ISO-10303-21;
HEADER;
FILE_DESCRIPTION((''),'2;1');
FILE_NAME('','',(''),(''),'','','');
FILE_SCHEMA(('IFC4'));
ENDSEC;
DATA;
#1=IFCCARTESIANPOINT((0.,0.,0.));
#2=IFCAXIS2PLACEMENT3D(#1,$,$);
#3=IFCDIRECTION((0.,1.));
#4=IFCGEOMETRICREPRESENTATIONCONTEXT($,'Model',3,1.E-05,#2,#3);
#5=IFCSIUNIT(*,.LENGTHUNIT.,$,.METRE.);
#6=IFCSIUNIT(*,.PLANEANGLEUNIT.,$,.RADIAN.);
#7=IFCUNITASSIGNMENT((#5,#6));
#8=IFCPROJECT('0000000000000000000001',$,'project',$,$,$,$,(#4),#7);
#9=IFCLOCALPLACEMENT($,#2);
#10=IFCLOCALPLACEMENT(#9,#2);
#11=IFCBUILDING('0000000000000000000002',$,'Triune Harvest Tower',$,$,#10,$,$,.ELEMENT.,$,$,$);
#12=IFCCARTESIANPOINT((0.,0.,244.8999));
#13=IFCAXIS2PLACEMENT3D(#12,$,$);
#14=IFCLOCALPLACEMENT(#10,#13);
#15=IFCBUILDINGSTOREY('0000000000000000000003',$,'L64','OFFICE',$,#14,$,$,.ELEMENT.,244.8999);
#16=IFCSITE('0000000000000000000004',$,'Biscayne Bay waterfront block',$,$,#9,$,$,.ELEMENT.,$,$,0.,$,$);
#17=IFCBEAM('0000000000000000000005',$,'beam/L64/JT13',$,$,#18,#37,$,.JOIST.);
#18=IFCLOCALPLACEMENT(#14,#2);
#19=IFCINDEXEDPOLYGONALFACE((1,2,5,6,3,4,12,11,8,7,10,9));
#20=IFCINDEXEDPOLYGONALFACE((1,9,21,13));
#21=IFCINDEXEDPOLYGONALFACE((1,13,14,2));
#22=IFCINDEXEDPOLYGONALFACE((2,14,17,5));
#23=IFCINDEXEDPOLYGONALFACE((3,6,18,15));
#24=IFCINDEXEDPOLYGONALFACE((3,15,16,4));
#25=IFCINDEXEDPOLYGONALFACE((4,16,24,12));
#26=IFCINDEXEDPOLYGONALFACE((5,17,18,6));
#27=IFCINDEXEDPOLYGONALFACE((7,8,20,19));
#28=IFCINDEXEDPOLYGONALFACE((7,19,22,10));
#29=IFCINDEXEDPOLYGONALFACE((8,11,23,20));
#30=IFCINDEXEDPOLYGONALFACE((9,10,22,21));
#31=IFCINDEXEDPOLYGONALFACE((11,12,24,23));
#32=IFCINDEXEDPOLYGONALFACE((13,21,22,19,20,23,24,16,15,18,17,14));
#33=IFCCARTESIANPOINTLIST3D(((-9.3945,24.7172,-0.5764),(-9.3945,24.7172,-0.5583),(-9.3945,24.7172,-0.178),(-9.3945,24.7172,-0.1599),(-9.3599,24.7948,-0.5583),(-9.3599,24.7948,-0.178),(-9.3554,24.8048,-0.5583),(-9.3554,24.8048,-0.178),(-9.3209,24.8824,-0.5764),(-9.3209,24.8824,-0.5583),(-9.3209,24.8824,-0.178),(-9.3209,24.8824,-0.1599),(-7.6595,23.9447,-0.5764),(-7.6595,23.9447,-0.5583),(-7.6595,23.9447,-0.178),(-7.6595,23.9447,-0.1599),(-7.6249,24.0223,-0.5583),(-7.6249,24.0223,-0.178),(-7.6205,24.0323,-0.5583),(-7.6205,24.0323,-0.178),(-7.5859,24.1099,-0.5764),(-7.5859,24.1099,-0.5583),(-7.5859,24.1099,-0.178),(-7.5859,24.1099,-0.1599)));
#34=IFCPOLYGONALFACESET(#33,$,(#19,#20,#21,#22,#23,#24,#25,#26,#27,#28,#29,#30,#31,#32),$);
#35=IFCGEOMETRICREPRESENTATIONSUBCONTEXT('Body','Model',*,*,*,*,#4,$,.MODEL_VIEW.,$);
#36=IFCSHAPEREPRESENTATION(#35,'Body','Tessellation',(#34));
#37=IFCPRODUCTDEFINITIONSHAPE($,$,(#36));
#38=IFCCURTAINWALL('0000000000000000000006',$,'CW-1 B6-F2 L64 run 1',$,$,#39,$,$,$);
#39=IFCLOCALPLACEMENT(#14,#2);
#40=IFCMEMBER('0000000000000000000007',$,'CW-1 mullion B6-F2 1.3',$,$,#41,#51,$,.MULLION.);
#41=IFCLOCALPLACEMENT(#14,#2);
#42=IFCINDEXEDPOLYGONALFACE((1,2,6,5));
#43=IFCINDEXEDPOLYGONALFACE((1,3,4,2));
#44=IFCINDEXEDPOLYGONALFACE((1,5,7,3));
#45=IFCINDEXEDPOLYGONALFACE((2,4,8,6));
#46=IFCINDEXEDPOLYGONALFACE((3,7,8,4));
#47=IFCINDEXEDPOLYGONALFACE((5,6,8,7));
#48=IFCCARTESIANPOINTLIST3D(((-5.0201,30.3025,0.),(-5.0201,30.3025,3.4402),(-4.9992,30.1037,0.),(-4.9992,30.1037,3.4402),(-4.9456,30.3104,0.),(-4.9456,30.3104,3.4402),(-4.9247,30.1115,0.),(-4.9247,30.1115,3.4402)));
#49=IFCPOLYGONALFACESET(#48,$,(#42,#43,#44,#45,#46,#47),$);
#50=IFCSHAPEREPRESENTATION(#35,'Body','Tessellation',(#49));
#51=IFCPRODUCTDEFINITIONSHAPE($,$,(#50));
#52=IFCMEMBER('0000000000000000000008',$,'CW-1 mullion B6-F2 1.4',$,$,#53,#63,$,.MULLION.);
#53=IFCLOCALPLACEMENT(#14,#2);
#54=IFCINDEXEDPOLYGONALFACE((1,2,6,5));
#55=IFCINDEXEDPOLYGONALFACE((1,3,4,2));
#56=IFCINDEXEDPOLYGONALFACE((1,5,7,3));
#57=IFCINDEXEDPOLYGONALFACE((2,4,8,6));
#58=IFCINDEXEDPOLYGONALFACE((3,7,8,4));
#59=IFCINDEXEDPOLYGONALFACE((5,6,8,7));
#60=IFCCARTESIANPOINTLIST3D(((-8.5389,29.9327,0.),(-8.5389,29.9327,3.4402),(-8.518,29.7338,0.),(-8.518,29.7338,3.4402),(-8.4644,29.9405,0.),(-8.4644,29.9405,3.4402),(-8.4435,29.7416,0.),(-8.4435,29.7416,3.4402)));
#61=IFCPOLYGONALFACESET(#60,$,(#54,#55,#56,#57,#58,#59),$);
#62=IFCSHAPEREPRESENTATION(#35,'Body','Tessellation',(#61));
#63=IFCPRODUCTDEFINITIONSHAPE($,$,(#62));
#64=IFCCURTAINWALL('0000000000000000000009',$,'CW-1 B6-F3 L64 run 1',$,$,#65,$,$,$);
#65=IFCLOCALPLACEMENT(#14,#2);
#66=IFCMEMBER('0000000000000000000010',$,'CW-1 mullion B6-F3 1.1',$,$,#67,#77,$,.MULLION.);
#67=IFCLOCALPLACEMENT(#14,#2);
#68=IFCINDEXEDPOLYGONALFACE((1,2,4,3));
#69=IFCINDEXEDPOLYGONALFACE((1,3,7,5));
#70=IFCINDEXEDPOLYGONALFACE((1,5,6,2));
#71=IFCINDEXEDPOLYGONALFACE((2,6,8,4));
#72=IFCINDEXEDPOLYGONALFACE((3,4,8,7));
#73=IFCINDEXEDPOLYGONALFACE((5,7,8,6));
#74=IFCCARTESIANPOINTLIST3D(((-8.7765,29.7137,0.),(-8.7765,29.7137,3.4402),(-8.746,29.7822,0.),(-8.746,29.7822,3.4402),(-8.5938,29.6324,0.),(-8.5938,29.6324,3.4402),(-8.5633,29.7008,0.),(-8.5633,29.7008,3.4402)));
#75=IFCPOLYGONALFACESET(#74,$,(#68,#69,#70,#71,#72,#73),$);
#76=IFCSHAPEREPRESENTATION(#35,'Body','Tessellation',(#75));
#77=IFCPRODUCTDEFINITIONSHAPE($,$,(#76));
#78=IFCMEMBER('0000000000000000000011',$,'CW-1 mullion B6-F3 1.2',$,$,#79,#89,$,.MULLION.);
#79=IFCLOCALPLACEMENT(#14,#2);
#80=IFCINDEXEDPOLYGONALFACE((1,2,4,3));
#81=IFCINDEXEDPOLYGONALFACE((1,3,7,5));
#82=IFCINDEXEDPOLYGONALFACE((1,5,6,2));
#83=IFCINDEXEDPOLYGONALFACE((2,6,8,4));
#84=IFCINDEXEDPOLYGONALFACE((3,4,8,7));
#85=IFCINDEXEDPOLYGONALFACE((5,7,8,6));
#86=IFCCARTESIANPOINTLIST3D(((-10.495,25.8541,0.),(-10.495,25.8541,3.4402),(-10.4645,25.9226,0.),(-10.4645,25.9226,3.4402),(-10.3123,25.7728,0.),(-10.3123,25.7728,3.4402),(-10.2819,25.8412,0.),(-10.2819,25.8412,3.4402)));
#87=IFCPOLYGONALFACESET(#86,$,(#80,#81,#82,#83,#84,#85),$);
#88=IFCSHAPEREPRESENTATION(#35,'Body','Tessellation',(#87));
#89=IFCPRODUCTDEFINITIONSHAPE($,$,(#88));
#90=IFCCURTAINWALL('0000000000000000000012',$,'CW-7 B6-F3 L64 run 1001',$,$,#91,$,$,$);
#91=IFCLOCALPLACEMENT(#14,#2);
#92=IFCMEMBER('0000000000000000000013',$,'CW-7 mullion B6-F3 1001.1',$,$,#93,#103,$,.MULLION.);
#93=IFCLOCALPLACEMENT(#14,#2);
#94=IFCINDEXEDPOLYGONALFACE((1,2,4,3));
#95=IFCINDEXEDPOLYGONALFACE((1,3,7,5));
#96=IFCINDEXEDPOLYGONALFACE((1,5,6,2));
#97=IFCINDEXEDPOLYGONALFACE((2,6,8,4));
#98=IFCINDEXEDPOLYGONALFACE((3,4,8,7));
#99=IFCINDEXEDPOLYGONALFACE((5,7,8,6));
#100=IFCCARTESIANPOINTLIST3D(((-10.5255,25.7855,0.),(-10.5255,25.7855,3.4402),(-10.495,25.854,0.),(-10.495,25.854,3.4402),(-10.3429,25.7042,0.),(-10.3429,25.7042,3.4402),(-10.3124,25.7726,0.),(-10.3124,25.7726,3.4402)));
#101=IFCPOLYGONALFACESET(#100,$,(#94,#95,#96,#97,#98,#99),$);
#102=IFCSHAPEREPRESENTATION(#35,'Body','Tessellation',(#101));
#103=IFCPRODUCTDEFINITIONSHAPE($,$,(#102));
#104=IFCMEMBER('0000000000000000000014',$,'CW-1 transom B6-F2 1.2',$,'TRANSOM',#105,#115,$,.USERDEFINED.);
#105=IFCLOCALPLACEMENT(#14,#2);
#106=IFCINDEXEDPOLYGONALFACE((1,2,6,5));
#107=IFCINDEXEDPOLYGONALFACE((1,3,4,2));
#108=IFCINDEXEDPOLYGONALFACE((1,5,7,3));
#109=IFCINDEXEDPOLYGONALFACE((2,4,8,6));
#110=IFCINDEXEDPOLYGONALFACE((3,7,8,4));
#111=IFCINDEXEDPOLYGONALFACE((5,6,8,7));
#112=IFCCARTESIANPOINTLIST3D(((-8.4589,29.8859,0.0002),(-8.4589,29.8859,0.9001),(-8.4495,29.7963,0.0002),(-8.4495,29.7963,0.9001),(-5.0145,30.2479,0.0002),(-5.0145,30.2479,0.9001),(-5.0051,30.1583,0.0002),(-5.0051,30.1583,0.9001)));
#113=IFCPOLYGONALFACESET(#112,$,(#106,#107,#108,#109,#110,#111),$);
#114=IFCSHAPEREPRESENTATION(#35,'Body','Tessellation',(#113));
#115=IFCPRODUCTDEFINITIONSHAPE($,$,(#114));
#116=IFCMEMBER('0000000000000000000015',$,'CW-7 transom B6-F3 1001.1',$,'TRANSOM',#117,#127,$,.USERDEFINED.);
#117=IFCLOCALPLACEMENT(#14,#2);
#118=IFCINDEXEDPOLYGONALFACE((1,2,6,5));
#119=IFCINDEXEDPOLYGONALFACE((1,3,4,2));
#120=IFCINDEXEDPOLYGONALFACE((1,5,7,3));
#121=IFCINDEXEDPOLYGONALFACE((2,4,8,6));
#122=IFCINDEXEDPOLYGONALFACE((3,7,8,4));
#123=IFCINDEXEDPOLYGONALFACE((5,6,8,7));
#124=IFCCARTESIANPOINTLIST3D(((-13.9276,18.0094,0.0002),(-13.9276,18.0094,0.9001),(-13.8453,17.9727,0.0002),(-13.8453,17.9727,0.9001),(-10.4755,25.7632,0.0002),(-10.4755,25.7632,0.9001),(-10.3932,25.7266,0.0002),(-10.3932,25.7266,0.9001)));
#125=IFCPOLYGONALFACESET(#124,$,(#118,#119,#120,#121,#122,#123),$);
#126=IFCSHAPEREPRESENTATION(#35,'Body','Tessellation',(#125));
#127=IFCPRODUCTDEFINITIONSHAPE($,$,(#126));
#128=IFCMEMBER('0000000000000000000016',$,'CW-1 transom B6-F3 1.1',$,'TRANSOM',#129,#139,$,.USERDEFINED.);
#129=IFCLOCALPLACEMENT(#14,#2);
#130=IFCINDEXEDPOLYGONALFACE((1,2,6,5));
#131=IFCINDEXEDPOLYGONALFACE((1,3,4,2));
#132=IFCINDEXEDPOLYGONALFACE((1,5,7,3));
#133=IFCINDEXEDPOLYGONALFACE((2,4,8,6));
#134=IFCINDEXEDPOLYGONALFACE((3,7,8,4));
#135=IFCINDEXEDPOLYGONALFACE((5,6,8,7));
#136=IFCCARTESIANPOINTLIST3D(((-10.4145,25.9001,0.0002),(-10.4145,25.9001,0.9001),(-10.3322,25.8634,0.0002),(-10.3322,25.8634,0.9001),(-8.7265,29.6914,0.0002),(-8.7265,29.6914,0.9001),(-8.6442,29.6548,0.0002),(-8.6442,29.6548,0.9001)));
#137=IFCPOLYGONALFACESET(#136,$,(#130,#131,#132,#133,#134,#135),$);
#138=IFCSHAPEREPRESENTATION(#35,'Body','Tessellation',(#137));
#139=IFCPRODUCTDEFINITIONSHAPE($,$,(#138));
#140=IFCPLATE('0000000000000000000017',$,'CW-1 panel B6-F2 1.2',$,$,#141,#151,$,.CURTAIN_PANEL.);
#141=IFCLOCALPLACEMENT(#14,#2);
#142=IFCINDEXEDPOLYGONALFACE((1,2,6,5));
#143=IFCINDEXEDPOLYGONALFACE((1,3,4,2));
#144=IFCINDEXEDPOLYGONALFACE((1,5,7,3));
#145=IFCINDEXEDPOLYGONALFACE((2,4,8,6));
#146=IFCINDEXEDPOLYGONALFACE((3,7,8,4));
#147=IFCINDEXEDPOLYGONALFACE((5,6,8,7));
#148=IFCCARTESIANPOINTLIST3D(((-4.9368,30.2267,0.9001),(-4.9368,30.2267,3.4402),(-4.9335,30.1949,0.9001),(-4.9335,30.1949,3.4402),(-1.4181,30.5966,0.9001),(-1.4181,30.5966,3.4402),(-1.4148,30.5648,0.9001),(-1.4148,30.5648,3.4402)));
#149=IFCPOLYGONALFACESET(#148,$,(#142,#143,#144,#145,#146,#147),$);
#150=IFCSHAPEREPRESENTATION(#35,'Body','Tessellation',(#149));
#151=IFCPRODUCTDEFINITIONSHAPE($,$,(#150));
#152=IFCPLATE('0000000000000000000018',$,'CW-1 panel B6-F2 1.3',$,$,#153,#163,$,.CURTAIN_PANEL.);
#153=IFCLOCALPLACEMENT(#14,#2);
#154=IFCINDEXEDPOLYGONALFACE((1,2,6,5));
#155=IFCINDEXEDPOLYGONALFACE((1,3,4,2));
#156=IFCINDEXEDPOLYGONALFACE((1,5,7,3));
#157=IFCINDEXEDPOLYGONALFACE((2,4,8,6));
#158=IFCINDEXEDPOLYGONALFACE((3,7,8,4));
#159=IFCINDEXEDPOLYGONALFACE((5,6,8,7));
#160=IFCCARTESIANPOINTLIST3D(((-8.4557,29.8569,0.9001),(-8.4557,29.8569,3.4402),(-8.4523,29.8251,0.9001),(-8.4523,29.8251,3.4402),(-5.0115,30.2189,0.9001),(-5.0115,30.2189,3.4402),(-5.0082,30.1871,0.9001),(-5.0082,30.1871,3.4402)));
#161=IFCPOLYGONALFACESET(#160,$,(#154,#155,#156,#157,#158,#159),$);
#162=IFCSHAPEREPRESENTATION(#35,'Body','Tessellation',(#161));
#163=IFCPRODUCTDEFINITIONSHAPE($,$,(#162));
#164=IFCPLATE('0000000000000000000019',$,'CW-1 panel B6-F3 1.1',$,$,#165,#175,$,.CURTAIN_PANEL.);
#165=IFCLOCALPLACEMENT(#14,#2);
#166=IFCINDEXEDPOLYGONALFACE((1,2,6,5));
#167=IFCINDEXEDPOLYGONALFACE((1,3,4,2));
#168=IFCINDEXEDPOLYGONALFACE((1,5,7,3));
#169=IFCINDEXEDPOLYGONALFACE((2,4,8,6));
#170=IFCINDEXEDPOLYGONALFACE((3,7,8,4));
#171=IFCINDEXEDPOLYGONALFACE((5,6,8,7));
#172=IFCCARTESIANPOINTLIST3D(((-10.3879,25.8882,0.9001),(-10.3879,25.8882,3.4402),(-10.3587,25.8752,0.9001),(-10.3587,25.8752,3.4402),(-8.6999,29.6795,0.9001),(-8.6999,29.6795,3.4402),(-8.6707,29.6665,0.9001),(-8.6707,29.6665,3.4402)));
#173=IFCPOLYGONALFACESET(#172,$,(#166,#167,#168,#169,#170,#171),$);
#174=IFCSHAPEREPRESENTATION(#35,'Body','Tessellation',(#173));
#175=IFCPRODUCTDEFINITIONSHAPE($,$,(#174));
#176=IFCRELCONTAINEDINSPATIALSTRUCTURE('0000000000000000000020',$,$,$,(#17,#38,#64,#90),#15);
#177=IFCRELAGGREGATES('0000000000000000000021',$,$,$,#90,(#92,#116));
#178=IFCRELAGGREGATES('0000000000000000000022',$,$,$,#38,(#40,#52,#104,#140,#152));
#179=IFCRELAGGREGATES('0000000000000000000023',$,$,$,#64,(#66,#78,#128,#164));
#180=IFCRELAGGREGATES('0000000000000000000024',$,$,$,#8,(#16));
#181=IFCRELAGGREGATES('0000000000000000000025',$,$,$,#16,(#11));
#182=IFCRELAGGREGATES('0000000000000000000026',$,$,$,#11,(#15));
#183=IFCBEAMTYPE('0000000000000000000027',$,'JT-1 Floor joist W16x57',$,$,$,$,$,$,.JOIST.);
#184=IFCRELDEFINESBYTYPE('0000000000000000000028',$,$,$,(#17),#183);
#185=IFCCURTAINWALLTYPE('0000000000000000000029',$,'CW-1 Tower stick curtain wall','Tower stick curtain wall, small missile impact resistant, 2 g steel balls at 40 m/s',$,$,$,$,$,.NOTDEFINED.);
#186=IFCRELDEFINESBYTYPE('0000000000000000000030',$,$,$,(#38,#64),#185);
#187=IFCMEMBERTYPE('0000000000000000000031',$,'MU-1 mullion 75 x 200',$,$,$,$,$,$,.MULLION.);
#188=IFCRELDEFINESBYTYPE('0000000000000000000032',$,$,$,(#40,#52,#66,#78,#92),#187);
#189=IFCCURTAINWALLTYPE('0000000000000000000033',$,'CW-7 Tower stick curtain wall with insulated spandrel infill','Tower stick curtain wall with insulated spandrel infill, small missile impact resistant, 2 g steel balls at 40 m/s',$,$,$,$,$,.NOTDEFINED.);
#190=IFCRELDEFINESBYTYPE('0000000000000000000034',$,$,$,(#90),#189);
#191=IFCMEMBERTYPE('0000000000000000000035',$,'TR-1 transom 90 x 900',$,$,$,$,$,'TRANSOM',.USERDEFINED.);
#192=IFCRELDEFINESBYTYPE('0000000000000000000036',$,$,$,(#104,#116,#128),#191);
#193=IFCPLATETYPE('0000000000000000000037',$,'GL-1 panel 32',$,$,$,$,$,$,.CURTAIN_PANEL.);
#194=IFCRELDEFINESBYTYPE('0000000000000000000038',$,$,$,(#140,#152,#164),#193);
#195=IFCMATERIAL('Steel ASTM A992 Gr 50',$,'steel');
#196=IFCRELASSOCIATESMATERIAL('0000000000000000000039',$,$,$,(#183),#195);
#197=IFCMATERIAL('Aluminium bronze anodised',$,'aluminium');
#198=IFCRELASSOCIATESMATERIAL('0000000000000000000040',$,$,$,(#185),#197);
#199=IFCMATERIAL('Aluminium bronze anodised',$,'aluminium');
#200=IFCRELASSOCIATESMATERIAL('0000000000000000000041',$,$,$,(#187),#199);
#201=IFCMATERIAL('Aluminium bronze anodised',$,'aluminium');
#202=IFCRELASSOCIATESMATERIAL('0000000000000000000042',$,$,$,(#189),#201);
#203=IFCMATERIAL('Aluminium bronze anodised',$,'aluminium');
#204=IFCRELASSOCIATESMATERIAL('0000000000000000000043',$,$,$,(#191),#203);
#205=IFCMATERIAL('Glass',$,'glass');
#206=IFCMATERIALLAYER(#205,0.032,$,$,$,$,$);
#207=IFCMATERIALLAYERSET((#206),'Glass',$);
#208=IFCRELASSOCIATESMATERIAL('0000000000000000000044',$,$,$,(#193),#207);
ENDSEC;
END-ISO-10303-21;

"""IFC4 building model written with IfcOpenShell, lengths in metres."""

from ifc_helpers import new_model, si_unit, direction, frame, origin, origin_2d, place, context, subcontext, project, spatial, rectangle, i_section, extrude, source, transform, mapped, material, layer, layer_set, material_profile, profile_set, type_object, element, aggregate, save


model = new_model("IFC4")

# Units and contexts
model_context = context("Model", 3, precision=1e-05, world=origin(), true_north=direction((0.0, 1.0)))
body_context = subcontext(model_context, "Body", "Model", "MODEL_VIEW")
ifc_project = project(units=[si_unit("LENGTHUNIT", "METRE"), si_unit("PLANEANGLEUNIT", "RADIAN")], contexts=[model_context])

# Site, building, storey
site_placement = place(None, origin())
site = spatial("IfcSite", under=ifc_project, at=site_placement, Name="Biscayne Bay waterfront block", CompositionType="ELEMENT", RefElevation=0.0)
building_placement = place(site_placement, origin())
building = spatial("IfcBuilding", under=site, at=building_placement, Name="Triune Harvest Tower", CompositionType="ELEMENT")
storey_placement = place(building_placement, frame((0.0, 0.0, 244.8999)))
storey = spatial("IfcBuildingStorey", under=building, at=storey_placement, Name="L64", Description="OFFICE", CompositionType="ELEMENT", Elevation=244.8999)

# Beam
ifc_material_1 = material(Name="Steel ASTM A992 Gr 50", Category="steel")
ifc_material_profile_1 = material_profile(ifc_material_1, i_section(OverallWidth=0.1809, OverallDepth=0.4165, WebThickness=0.011, FlangeThickness=0.0181, at=origin_2d()), Name="W16x57")
ifc_profile_set_1 = profile_set([ifc_material_profile_1], Name="Steel ASTM A992 Gr 50")
beam_type_1 = type_object("IfcBeamType", Name="JT-1 Floor joist W16x57", PredefinedType="JOIST", material=ifc_profile_set_1)
shared_shape_1 = source(origin(), body_context, "Body", "SweptSolid", [
    extrude(i_section(OverallWidth=0.1809, OverallDepth=0.4165, WebThickness=0.011, FlangeThickness=0.0181, at=origin_2d()), origin(), (0.0, 0.0, 1.0), 1.8992),
])
beam_1_placement = place(storey_placement, frame((-9.3577, 24.7998, -0.3682), z_axis=(0.913536, -0.406759, 0.0), x_axis=(0.406759, 0.913536, 0.0)))
element("IfcBeam", 1, at=beam_1_placement, inside=storey, type_object=beam_type_1, Name="beam/L64/JT13", PredefinedType="JOIST", context=body_context, shape_type="MappedRepresentation", body=[
    mapped(shared_shape_1, transform((0.0, 0.0, 0.0), scale=1.0)),
])

# Curtain walls, members
ifc_material_2 = material(Name="Aluminium bronze anodised", Category="aluminium")
curtain_wall_type_1 = type_object("IfcCurtainWallType", Name="CW-1 Tower stick curtain wall", Description="Tower stick curtain wall, small missile impact resistant, 2 g steel balls at 40 m/s", PredefinedType="NOTDEFINED", material=ifc_material_2)
curtain_wall_1_placement = place(storey_placement, origin())
curtain_wall_1 = element("IfcCurtainWall", 2, at=curtain_wall_1_placement, inside=storey, type_object=curtain_wall_type_1, Name="CW-1 B6-F2 L64 run 1")
ifc_material_3 = material(Name="Aluminium bronze anodised", Category="aluminium")
ifc_material_profile_2 = material_profile(ifc_material_3, rectangle(XDim=0.2, YDim=0.075, at=origin_2d()), Name="MU-1 mullion 75 x 200")
ifc_profile_set_2 = profile_set([ifc_material_profile_2], Name="Aluminium bronze anodised")
member_type_1 = type_object("IfcMemberType", Name="MU-1 mullion 75 x 200", PredefinedType="MULLION", material=ifc_profile_set_2)
shared_shape_2 = source(origin(), body_context, "Body", "SweptSolid", [
    extrude(rectangle(XDim=0.2, YDim=0.075, at=origin_2d()), origin(), (0.0, 0.0, 1.0), 3.4402),
])
member_1_placement = place(storey_placement, frame((-4.9724, 30.207, 0.0), z_axis=(0.0, 0.0, 1.0), x_axis=(0.10453, -0.994522, 0.0)))
member_1 = element("IfcMember", 3, at=member_1_placement, type_object=member_type_1, Name="CW-1 mullion B6-F2 1.3", PredefinedType="MULLION", context=body_context, shape_type="MappedRepresentation", body=[
    mapped(shared_shape_2, transform((0.0, 0.0, 0.0), scale=1.0)),
])
member_2_placement = place(storey_placement, frame((-8.4912, 29.8372, 0.0), z_axis=(0.0, 0.0, 1.0), x_axis=(0.10453, -0.994522, 0.0)))
member_2 = element("IfcMember", 4, at=member_2_placement, type_object=member_type_1, Name="CW-1 mullion B6-F2 1.4", PredefinedType="MULLION", context=body_context, shape_type="MappedRepresentation", body=[
    mapped(shared_shape_2, transform((0.0, 0.0, 0.0), scale=1.0)),
])
curtain_wall_2_placement = place(storey_placement, origin())
curtain_wall_2 = element("IfcCurtainWall", 5, at=curtain_wall_2_placement, inside=storey, type_object=curtain_wall_type_1, Name="CW-1 B6-F3 L64 run 1")
member_3_placement = place(storey_placement, frame((-8.6699, 29.7073, 0.0), z_axis=(0.0, 0.0, 1.0), x_axis=(0.913545, -0.406739, 0.0)))
member_3 = element("IfcMember", 6, at=member_3_placement, type_object=member_type_1, Name="CW-1 mullion B6-F3 1.1", PredefinedType="MULLION", context=body_context, shape_type="MappedRepresentation", body=[
    mapped(shared_shape_2, transform((0.0, 0.0, 0.0), scale=1.0)),
])
member_4_placement = place(storey_placement, frame((-10.3884, 25.8477, 0.0), z_axis=(0.0, 0.0, 1.0), x_axis=(0.913545, -0.406739, 0.0)))
member_4 = element("IfcMember", 7, at=member_4_placement, type_object=member_type_1, Name="CW-1 mullion B6-F3 1.2", PredefinedType="MULLION", context=body_context, shape_type="MappedRepresentation", body=[
    mapped(shared_shape_2, transform((0.0, 0.0, 0.0), scale=1.0)),
])

# Curtain wall, member
ifc_material_4 = material(Name="Aluminium bronze anodised", Category="aluminium")
curtain_wall_type_2 = type_object("IfcCurtainWallType", Name="CW-7 Tower stick curtain wall with insulated spandrel infill", Description="Tower stick curtain wall with insulated spandrel infill, small missile impact resistant, 2 g steel balls at 40 m/s", PredefinedType="NOTDEFINED", material=ifc_material_4)
curtain_wall_3_placement = place(storey_placement, origin())
curtain_wall_3 = element("IfcCurtainWall", 8, at=curtain_wall_3_placement, inside=storey, type_object=curtain_wall_type_2, Name="CW-7 B6-F3 L64 run 1001")
member_5_placement = place(storey_placement, frame((-10.4189, 25.7791, 0.0), z_axis=(0.0, 0.0, 1.0), x_axis=(0.913546, -0.406735, 0.0)))
member_5 = element("IfcMember", 9, at=member_5_placement, type_object=member_type_1, Name="CW-7 mullion B6-F3 1001.1", PredefinedType="MULLION", context=body_context, shape_type="MappedRepresentation", body=[
    mapped(shared_shape_2, transform((0.0, 0.0, 0.0), scale=1.0)),
])

# Members
ifc_material_5 = material(Name="Aluminium bronze anodised", Category="aluminium")
ifc_material_profile_3 = material_profile(ifc_material_5, rectangle(XDim=0.0901, YDim=0.8999, at=origin_2d()), Name="TR-1 transom 90 x 900")
ifc_profile_set_3 = profile_set([ifc_material_profile_3], Name="Aluminium bronze anodised")
member_type_2 = type_object("IfcMemberType", Name="TR-1 transom 90 x 900", ElementType="TRANSOM", PredefinedType="USERDEFINED", material=ifc_profile_set_3)
shared_shape_3 = source(origin(), body_context, "Body", "SweptSolid", [
    extrude(rectangle(XDim=0.0901, YDim=0.8999, at=origin_2d()), origin(), (0.0, 0.0, 1.0), 3.4634),
])
member_6_placement = place(storey_placement, frame((-5.0098, 30.2031, 0.4502), z_axis=(-0.994521, -0.104542, 0.0), x_axis=(0.104542, -0.994521, 0.0)))
member_6 = element("IfcMember", 10, at=member_6_placement, type_object=member_type_2, Name="CW-1 transom B6-F2 1.2", ObjectType="TRANSOM", PredefinedType="USERDEFINED", context=body_context, shape_type="MappedRepresentation", body=[
    mapped(shared_shape_3, transform((0.0, 0.0, 0.0), scale=1.0)),
])
shared_shape_4 = source(origin(), body_context, "Body", "SweptSolid", [
    extrude(rectangle(XDim=0.0901, YDim=0.8999, at=origin_2d()), origin(), (0.0, 0.0, 1.0), 8.4875),
])
member_7_placement = place(storey_placement, frame((-10.4343, 25.7449, 0.4502), z_axis=(-0.406726, -0.91355, 0.0), x_axis=(0.91355, -0.406726, 0.0)))
member_7 = element("IfcMember", 11, at=member_7_placement, type_object=member_type_2, Name="CW-7 transom B6-F3 1001.1", ObjectType="TRANSOM", PredefinedType="USERDEFINED", context=body_context, shape_type="MappedRepresentation", body=[
    mapped(shared_shape_4, transform((0.0, 0.0, 0.0), scale=1.0)),
])
aggregate(curtain_wall_3, [member_5, member_7])
shared_shape_5 = source(origin(), body_context, "Body", "SweptSolid", [
    extrude(rectangle(XDim=0.0901, YDim=0.8999, at=origin_2d()), origin(), (0.0, 0.0, 1.0), 4.1501),
])
member_8_placement = place(storey_placement, frame((-8.6853, 29.6731, 0.4502), z_axis=(-0.406739, -0.913545, 0.0), x_axis=(0.913545, -0.406739, 0.0)))
member_8 = element("IfcMember", 12, at=member_8_placement, type_object=member_type_2, Name="CW-1 transom B6-F3 1.1", ObjectType="TRANSOM", PredefinedType="USERDEFINED", context=body_context, shape_type="MappedRepresentation", body=[
    mapped(shared_shape_5, transform((0.0, 0.0, 0.0), scale=1.0)),
])

# Plates
ifc_material_6 = material(Name="Glass", Category="glass")
ifc_layer_1 = layer(ifc_material_6, 0.032)
ifc_layer_set_1 = layer_set([ifc_layer_1], Name="Glass")
plate_type = type_object("IfcPlateType", Name="GL-1 panel 32", PredefinedType="CURTAIN_PANEL", material=ifc_layer_set_1)
shared_shape_6 = source(origin(), body_context, "Body", "SweptSolid", [
    extrude(rectangle(XDim=3.5381, YDim=0.032, at=origin_2d()), origin(), (0.0, 0.0, 1.0), 2.54),
])
plate_1_placement = place(storey_placement, frame((-3.1758, 30.3958, 0.9001), z_axis=(0.0, 0.0, 1.0), x_axis=(-0.994522, -0.10453, 0.0)))
plate_1 = element("IfcPlate", 13, at=plate_1_placement, type_object=plate_type, Name="CW-1 panel B6-F2 1.2", PredefinedType="CURTAIN_PANEL", context=body_context, shape_type="MappedRepresentation", body=[
    mapped(shared_shape_6, transform((0.0, 0.0, 0.0), scale=1.0)),
])
shared_shape_7 = source(origin(), body_context, "Body", "SweptSolid", [
    extrude(rectangle(XDim=3.4631, YDim=0.032, at=origin_2d()), origin(), (0.0, 0.0, 1.0), 2.54),
])
plate_2_placement = place(storey_placement, frame((-6.7319, 30.022, 0.9001), z_axis=(0.0, 0.0, 1.0), x_axis=(-0.994522, -0.10453, 0.0)))
plate_2 = element("IfcPlate", 14, at=plate_2_placement, type_object=plate_type, Name="CW-1 panel B6-F2 1.3", PredefinedType="CURTAIN_PANEL", context=body_context, shape_type="MappedRepresentation", body=[
    mapped(shared_shape_7, transform((0.0, 0.0, 0.0), scale=1.0)),
])
aggregate(curtain_wall_1, [member_1, member_2, member_6, plate_1, plate_2])
shared_shape_8 = source(origin(), body_context, "Body", "SweptSolid", [
    extrude(rectangle(XDim=4.1501, YDim=0.032, at=origin_2d()), origin(), (0.0, 0.0, 1.0), 2.54),
])
plate_3_placement = place(storey_placement, frame((-9.5293, 27.7773, 0.9001), z_axis=(0.0, 0.0, 1.0), x_axis=(-0.406739, -0.913545, 0.0)))
plate_3 = element("IfcPlate", 15, at=plate_3_placement, type_object=plate_type, Name="CW-1 panel B6-F3 1.1", PredefinedType="CURTAIN_PANEL", context=body_context, shape_type="MappedRepresentation", body=[
    mapped(shared_shape_8, transform((0.0, 0.0, 0.0), scale=1.0)),
])
aggregate(curtain_wall_2, [member_3, member_4, member_8, plate_3])

save(model, "model.ifc")
